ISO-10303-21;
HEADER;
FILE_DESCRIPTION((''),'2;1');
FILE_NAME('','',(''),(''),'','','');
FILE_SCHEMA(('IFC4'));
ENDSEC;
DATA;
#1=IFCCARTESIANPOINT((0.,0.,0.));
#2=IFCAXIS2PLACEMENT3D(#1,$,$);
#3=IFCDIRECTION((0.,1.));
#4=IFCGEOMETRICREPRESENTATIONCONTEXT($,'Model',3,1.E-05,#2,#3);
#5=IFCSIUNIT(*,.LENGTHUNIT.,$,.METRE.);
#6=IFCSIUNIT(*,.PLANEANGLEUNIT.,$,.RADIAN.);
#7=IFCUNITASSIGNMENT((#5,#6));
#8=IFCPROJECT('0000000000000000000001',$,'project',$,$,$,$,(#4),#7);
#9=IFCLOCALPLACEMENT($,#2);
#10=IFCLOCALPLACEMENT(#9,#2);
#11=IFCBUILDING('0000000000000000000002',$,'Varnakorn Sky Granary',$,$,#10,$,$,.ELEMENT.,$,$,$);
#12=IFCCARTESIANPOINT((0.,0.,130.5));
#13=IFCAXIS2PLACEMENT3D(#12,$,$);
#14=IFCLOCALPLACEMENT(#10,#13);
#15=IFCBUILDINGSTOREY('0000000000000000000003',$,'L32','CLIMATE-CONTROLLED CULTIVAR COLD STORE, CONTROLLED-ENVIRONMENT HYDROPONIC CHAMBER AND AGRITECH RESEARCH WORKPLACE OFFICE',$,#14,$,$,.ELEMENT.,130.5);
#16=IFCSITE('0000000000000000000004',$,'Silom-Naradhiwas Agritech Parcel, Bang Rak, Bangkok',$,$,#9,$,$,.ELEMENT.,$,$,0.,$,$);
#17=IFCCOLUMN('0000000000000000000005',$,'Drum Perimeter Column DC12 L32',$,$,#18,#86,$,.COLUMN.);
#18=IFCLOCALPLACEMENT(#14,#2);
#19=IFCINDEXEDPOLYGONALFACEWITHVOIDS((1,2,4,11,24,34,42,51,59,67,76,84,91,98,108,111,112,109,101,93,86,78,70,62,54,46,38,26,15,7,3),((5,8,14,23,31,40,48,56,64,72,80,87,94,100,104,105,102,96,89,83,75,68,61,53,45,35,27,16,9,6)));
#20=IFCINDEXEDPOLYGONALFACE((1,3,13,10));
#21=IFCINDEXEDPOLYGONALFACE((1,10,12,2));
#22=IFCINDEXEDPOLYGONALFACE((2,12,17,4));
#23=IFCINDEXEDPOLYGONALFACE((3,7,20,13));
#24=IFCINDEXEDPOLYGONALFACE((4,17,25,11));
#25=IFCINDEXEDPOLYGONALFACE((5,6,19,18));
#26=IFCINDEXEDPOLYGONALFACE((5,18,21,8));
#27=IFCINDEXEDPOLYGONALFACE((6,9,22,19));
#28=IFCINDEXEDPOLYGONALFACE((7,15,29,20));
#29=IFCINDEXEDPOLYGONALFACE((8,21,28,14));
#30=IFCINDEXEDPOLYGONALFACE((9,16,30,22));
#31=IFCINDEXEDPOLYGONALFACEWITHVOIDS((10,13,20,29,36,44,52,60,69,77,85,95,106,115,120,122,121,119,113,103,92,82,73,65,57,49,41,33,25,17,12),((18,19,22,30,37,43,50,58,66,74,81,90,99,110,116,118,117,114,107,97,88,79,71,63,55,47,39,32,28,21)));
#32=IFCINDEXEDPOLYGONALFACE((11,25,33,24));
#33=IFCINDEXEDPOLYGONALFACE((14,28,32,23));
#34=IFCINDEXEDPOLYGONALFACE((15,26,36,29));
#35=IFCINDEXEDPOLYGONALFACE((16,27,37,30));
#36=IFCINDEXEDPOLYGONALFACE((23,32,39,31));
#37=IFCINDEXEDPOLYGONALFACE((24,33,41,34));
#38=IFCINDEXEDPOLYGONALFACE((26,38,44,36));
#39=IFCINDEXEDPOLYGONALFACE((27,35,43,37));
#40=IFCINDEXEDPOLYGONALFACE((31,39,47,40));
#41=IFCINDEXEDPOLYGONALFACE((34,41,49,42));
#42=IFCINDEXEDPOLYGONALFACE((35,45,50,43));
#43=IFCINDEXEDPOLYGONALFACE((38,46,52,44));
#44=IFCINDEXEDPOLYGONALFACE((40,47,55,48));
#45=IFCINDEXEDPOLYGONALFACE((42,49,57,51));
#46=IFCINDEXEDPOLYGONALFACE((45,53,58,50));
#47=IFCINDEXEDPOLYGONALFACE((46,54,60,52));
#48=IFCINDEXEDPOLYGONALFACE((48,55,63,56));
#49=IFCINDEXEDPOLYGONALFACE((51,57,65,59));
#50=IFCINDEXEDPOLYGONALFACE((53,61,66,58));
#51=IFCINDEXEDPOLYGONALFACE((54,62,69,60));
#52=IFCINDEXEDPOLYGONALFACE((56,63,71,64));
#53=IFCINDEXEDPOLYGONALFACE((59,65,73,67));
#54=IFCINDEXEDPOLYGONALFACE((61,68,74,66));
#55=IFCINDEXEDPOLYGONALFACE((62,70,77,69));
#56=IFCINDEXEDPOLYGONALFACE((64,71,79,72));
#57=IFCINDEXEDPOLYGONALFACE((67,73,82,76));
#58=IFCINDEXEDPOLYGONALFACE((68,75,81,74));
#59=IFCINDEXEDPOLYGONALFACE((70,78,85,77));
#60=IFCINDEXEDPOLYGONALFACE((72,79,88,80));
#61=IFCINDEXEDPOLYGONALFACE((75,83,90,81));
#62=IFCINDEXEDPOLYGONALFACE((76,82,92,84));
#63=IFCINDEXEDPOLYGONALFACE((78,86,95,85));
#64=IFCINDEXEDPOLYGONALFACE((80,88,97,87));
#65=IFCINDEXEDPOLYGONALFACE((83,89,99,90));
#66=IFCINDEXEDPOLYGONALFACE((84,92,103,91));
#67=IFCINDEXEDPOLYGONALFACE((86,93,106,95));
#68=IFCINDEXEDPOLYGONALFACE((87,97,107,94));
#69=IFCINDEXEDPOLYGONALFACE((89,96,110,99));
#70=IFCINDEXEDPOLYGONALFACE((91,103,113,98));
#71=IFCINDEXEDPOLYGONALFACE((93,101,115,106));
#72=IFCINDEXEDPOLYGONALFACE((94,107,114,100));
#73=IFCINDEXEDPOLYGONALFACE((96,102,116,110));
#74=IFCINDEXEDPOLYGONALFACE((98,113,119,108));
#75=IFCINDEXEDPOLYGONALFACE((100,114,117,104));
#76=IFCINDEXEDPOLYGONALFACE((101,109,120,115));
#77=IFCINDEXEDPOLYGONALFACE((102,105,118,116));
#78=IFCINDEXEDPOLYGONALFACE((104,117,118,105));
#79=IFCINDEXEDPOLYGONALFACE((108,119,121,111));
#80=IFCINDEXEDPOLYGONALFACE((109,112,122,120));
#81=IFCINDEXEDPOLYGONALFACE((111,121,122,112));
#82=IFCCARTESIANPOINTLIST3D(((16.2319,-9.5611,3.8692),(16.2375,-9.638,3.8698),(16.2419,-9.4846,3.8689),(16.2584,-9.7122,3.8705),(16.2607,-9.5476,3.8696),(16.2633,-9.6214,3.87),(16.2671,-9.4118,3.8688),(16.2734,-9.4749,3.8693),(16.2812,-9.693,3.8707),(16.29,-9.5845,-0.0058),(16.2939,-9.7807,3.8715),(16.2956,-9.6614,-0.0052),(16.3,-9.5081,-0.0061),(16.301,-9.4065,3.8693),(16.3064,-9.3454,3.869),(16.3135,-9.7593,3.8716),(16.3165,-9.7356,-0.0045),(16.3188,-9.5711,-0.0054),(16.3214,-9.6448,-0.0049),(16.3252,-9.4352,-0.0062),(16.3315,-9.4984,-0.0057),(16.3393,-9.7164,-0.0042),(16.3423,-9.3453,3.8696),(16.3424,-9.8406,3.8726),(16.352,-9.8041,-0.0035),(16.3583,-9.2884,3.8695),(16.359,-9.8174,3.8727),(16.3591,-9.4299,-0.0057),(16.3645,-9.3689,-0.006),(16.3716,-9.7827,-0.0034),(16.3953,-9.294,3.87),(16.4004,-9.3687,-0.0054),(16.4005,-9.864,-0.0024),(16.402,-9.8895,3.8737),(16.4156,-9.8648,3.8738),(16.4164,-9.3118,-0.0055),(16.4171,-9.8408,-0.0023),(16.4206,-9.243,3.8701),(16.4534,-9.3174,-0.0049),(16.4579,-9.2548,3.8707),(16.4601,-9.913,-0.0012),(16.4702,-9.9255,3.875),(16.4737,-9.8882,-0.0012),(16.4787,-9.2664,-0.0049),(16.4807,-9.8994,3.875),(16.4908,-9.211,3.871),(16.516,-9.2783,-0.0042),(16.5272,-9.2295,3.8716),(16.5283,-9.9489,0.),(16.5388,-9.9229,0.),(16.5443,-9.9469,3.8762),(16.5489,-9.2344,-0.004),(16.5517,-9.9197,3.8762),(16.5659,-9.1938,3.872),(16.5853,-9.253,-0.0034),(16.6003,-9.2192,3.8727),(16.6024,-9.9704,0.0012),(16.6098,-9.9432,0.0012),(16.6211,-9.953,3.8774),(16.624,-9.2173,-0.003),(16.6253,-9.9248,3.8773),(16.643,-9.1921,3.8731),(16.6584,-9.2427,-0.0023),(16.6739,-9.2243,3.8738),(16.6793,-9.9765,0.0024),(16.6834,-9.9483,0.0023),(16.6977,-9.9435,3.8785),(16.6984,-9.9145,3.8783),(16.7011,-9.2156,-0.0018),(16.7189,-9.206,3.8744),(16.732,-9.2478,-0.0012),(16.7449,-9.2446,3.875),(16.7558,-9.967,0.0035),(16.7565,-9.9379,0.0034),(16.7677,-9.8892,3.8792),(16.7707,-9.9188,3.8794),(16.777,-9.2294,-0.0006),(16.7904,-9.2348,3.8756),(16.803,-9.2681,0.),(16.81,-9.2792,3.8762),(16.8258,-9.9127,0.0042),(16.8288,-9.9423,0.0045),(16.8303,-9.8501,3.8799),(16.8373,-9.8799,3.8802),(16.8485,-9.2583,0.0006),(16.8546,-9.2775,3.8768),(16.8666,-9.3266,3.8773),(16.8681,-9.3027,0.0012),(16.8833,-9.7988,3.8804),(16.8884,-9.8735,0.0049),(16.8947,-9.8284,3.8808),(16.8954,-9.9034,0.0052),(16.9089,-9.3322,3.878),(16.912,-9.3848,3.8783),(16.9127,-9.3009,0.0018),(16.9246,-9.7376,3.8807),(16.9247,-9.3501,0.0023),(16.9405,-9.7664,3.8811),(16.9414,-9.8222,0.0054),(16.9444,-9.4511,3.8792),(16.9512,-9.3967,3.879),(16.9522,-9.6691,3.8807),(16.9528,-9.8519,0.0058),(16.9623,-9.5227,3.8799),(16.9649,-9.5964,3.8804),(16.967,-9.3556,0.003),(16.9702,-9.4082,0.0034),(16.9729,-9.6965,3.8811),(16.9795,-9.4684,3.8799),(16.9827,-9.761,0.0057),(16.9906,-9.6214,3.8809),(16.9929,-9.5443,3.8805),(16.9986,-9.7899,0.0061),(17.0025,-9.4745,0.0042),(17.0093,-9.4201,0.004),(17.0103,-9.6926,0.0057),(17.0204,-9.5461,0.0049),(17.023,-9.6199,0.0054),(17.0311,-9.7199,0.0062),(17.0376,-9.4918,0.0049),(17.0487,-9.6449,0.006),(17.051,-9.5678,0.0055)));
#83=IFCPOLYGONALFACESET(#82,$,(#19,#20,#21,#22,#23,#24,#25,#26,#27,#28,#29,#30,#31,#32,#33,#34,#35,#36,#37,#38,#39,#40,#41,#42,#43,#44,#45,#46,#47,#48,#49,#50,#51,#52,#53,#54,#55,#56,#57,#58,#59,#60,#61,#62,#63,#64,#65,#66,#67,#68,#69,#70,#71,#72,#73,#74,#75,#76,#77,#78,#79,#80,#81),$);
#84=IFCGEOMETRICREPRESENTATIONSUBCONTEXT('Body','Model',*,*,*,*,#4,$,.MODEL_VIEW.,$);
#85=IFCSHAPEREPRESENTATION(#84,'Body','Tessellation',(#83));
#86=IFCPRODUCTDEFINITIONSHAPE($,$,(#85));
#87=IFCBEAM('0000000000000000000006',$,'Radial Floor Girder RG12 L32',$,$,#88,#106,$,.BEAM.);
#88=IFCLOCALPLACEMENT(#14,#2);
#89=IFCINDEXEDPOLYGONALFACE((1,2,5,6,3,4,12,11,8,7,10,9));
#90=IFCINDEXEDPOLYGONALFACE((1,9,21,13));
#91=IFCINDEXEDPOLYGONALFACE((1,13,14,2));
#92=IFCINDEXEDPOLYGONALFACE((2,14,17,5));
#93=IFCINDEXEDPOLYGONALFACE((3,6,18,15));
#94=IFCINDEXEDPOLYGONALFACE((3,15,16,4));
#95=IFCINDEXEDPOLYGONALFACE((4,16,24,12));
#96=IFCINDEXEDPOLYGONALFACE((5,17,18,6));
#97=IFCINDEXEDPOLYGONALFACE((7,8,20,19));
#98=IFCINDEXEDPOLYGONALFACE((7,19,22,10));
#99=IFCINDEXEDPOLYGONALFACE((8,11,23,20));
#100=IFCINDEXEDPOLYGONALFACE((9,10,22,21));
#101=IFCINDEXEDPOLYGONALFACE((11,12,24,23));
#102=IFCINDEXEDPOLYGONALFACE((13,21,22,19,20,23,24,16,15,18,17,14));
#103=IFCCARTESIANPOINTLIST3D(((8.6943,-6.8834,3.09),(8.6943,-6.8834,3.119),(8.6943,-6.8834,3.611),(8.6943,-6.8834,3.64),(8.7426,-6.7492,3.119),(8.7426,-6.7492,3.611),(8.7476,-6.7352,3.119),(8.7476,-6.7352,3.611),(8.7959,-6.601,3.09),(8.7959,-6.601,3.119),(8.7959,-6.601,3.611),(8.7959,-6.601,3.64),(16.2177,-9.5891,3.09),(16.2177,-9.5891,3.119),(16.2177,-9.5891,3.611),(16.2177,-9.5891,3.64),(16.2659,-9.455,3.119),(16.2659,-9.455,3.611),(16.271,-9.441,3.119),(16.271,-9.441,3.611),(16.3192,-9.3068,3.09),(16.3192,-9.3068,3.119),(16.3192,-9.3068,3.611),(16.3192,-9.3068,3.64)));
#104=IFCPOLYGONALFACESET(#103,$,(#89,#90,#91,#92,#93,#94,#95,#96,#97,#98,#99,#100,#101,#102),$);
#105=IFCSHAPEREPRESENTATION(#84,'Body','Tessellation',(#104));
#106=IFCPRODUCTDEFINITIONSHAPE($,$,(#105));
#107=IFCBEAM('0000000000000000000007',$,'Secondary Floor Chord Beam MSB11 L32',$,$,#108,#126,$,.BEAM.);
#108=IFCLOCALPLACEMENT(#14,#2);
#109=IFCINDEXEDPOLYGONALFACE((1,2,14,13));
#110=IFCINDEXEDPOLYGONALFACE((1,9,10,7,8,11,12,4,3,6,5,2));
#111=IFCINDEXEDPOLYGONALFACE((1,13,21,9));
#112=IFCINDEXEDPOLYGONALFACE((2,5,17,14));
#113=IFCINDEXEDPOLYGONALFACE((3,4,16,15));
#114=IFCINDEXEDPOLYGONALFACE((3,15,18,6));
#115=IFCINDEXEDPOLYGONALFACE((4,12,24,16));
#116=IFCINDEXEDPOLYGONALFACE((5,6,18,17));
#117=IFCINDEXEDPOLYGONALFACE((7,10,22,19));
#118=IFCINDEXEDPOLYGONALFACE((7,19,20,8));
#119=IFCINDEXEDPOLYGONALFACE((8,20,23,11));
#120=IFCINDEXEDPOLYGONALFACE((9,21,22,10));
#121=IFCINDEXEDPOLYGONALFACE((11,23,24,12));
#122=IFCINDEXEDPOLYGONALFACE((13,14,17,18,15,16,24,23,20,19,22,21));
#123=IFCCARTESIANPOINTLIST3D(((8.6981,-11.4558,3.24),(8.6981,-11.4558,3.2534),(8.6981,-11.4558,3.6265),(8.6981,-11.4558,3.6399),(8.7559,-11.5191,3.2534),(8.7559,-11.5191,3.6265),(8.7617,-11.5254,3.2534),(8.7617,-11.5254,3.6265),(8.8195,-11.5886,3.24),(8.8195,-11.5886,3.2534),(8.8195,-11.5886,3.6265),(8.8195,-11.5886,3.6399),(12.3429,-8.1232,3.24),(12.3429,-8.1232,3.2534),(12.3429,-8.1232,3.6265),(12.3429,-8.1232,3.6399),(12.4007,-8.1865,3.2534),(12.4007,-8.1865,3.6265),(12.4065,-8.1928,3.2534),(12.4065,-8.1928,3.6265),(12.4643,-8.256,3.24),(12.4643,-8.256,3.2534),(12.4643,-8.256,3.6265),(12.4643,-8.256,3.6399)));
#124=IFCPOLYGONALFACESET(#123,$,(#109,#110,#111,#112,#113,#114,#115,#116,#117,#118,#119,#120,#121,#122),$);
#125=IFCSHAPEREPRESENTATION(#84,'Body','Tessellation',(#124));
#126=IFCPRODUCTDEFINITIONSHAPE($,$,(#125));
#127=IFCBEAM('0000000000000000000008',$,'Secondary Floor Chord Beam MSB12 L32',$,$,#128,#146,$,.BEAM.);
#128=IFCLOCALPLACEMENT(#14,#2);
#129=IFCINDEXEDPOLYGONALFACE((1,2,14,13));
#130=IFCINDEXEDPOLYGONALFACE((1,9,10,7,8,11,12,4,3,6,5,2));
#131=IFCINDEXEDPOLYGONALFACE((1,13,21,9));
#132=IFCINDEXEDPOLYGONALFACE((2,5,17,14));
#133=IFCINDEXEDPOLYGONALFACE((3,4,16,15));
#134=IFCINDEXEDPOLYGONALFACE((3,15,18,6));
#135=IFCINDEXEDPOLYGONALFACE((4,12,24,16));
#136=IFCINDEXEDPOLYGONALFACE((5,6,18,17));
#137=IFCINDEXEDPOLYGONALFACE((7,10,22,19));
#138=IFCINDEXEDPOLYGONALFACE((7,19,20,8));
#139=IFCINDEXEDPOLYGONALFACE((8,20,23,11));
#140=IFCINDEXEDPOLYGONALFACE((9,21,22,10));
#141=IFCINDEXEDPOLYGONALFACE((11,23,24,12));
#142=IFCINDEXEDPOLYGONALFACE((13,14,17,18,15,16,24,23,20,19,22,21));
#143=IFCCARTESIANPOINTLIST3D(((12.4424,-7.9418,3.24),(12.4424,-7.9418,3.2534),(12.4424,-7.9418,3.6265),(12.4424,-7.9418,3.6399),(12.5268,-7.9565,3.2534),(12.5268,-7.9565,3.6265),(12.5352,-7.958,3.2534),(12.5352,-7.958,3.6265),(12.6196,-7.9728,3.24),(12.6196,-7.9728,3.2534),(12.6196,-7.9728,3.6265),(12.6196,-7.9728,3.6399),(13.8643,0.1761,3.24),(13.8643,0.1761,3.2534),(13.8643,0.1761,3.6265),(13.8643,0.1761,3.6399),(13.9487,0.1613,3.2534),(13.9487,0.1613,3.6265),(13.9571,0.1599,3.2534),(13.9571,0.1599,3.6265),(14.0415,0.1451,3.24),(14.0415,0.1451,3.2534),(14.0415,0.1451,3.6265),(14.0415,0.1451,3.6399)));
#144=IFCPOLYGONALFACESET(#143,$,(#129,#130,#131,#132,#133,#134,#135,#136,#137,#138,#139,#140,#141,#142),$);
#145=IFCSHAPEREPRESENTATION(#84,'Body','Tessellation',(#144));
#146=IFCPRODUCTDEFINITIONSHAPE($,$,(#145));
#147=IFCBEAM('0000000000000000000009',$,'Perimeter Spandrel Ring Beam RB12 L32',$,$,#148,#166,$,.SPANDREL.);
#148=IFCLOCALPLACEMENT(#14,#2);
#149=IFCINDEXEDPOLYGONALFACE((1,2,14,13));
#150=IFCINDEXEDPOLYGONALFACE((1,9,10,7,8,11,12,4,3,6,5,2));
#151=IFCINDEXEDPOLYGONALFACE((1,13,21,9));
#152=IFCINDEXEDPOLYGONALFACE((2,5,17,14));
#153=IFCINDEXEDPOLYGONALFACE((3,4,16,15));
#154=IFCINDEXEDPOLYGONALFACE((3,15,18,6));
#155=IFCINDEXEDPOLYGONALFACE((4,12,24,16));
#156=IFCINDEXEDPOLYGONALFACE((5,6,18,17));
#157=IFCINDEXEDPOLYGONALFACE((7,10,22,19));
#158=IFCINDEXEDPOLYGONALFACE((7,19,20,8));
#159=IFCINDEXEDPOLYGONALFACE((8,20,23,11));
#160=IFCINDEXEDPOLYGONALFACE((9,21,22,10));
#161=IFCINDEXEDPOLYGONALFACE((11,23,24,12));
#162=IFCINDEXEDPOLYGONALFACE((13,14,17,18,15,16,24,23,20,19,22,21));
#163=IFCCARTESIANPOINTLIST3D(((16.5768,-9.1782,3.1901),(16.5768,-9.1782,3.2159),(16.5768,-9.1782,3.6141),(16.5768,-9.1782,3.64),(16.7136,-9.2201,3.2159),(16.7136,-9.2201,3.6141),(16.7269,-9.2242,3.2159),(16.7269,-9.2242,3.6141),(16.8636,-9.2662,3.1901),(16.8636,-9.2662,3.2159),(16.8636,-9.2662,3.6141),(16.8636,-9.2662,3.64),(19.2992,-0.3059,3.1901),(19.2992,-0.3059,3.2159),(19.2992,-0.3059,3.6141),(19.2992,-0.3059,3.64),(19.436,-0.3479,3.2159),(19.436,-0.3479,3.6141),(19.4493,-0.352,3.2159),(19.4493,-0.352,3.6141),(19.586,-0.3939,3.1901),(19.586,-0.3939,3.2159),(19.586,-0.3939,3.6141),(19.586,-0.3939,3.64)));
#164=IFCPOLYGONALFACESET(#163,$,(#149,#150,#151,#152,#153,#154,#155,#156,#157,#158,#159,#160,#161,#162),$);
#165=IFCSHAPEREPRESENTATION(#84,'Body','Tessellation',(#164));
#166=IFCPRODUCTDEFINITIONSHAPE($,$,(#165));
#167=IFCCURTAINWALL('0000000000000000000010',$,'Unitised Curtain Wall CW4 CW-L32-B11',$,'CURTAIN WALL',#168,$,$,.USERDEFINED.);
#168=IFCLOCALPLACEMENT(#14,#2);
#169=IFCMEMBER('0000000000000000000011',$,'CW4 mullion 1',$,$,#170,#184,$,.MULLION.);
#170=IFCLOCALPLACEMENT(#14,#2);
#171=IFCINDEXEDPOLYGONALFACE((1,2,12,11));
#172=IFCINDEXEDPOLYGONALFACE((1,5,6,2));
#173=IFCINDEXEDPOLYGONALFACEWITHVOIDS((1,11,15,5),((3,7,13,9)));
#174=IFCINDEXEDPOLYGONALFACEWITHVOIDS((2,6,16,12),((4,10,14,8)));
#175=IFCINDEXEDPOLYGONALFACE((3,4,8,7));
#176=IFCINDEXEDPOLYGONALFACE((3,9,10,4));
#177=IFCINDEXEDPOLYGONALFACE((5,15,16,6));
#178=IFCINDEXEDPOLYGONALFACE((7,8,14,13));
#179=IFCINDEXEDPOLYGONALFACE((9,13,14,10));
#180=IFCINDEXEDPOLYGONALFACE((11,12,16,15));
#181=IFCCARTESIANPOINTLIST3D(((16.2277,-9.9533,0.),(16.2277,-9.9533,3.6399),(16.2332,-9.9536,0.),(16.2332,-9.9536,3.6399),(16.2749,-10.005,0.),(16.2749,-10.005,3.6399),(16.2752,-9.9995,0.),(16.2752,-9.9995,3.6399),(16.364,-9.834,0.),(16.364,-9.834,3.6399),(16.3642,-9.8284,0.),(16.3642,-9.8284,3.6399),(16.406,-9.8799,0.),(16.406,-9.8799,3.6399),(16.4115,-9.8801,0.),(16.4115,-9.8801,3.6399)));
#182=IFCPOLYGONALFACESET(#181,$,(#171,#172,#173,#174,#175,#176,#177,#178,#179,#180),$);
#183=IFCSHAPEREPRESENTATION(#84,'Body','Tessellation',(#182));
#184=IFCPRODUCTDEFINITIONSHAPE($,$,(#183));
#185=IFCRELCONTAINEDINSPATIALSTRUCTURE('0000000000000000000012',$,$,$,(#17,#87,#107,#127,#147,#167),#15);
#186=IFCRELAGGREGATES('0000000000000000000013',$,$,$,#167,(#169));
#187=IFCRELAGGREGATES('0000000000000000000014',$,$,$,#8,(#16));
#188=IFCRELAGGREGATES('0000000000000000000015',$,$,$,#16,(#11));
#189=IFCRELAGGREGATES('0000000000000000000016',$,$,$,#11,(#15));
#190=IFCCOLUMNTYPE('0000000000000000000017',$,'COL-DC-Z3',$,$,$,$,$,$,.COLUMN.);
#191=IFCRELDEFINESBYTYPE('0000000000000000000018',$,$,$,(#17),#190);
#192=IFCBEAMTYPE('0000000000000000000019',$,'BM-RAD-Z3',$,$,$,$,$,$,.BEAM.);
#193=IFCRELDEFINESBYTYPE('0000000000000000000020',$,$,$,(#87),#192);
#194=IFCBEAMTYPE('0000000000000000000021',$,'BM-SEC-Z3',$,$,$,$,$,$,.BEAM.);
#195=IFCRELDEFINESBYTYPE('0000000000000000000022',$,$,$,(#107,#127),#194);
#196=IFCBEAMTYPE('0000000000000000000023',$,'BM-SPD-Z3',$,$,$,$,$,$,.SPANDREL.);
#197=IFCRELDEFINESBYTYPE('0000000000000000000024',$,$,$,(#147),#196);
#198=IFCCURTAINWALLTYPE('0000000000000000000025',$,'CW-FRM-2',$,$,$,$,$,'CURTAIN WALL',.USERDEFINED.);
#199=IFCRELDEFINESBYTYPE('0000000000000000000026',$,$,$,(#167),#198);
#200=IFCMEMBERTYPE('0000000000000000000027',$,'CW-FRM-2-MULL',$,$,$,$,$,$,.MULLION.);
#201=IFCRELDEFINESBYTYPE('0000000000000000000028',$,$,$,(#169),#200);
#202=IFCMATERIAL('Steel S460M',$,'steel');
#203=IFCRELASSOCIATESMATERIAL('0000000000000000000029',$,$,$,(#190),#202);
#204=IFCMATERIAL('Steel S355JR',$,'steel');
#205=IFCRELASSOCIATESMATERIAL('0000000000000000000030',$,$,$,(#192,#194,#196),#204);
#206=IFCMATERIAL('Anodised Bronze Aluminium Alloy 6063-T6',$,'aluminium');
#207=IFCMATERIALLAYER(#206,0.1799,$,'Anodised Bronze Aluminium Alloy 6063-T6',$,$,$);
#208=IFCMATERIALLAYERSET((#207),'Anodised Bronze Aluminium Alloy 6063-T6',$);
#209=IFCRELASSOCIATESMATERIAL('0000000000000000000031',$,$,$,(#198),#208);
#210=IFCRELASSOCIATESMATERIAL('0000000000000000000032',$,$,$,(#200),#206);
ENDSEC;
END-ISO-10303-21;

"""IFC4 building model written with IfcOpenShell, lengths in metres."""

from ifc_helpers import new_model, si_unit, direction, frame, origin, origin_2d, place, context, subcontext, project, spatial, hollow_rectangle, hollow_circle, i_section, extrude, material, layer, layer_set, material_profile, profile_set, type_object, element, aggregate, save


model = new_model("IFC4")

# Units and contexts
model_context = context("Model", 3, precision=1e-05, world=origin(), true_north=direction((0.0, 1.0)))
body_context = subcontext(model_context, "Body", "Model", "MODEL_VIEW")
ifc_project = project(units=[si_unit("LENGTHUNIT", "METRE"), si_unit("PLANEANGLEUNIT", "RADIAN")], contexts=[model_context])

# Site, building, storey
site_placement = place(None, origin())
site = spatial("IfcSite", under=ifc_project, at=site_placement, Name="Silom-Naradhiwas Agritech Parcel, Bang Rak, Bangkok", CompositionType="ELEMENT", RefElevation=0.0)
building_placement = place(site_placement, origin())
building = spatial("IfcBuilding", under=site, at=building_placement, Name="Varnakorn Sky Granary", CompositionType="ELEMENT")
storey_placement = place(building_placement, frame((0.0, 0.0, 130.5)))
storey = spatial("IfcBuildingStorey", under=building, at=storey_placement, Name="L32", Description="CLIMATE-CONTROLLED CULTIVAR COLD STORE, CONTROLLED-ENVIRONMENT HYDROPONIC CHAMBER AND AGRITECH RESEARCH WORKPLACE OFFICE", CompositionType="ELEMENT", Elevation=130.5)

# Column
ifc_material_1 = material(Name="Steel S460M", Category="steel")
ifc_material_profile_1 = material_profile(ifc_material_1, hollow_circle(Radius=0.3811, WallThickness=0.0281, at=origin_2d()), Name="CHS 762x28")
ifc_profile_set_1 = profile_set([ifc_material_profile_1], Name="Steel S460M")
column_type = type_object("IfcColumnType", Name="COL-DC-Z3", PredefinedType="COLUMN", material=ifc_profile_set_1)
column_placement = place(storey_placement, frame((16.6709, -9.5955, 0.0), z_axis=(-0.014993, 0.006048, 0.999869), x_axis=(-0.374076, -0.927398, 0.0)))
element("IfcColumn", 1, at=column_placement, inside=storey, type_object=column_type, Name="Drum Perimeter Column DC12 L32", PredefinedType="COLUMN", context=body_context, shape_type="SweptSolid", body=[
    extrude(hollow_circle(Radius=0.3811, WallThickness=0.0281, at=origin_2d()), origin(), (0.0, 0.0, 1.0), 3.8755),
])

# Beams
ifc_material_2 = material(Name="Steel S355JR", Category="steel")
ifc_material_profile_2 = material_profile(ifc_material_2, i_section(OverallWidth=0.3, OverallDepth=0.55, WebThickness=0.0149, FlangeThickness=0.0291, at=origin_2d()), Name="HE 550 B")
ifc_profile_set_2 = profile_set([ifc_material_profile_2], Name="Steel S355JR")
beam_type_1 = type_object("IfcBeamType", Name="BM-RAD-Z3", PredefinedType="BEAM", material=ifc_profile_set_2)
beam_1_placement = place(storey_placement, frame((8.7451, -6.7422, 3.365), z_axis=(0.940992, -0.338429, 0.0), x_axis=(0.338429, 0.940992, 0.0)))
element("IfcBeam", 2, at=beam_1_placement, inside=storey, type_object=beam_type_1, Name="Radial Floor Girder RG12 L32", PredefinedType="BEAM", context=body_context, shape_type="SweptSolid", body=[
    extrude(i_section(OverallWidth=0.3, OverallDepth=0.55, WebThickness=0.0149, FlangeThickness=0.0291, at=origin_2d()), origin(), (0.0, 0.0, 1.0), 7.9951),
])
ifc_material_profile_3 = material_profile(ifc_material_2, i_section(OverallWidth=0.1799, OverallDepth=0.3999, WebThickness=0.0085, FlangeThickness=0.0134, at=origin_2d()), Name="IPE 400")
ifc_profile_set_3 = profile_set([ifc_material_profile_3], Name="Steel S355JR")
beam_type_2 = type_object("IfcBeamType", Name="BM-SEC-Z3", PredefinedType="BEAM", material=ifc_profile_set_3)
beam_2_placement = place(storey_placement, frame((8.7588, -11.5222, 3.4399), z_axis=(0.738013, 0.674786, 0.0), x_axis=(-0.674786, 0.738013, 0.0)))
element("IfcBeam", 3, at=beam_2_placement, inside=storey, type_object=beam_type_2, Name="Secondary Floor Chord Beam MSB11 L32", PredefinedType="BEAM", context=body_context, shape_type="SweptSolid", body=[
    extrude(i_section(OverallWidth=0.1799, OverallDepth=0.3999, WebThickness=0.0085, FlangeThickness=0.0134, at=origin_2d()), origin(), (0.0, 0.0, 1.0), 4.9387),
])
beam_3_placement = place(storey_placement, frame((12.531, -7.9573, 3.4399), z_axis=(0.172526, 0.985005, 0.0), x_axis=(-0.985005, 0.172526, 0.0)))
element("IfcBeam", 4, at=beam_3_placement, inside=storey, type_object=beam_type_2, Name="Secondary Floor Chord Beam MSB12 L32", PredefinedType="BEAM", context=body_context, shape_type="SweptSolid", body=[
    extrude(i_section(OverallWidth=0.1799, OverallDepth=0.3999, WebThickness=0.0085, FlangeThickness=0.0134, at=origin_2d()), origin(), (0.0, 0.0, 1.0), 8.2415),
])
ifc_material_profile_4 = material_profile(ifc_material_2, i_section(OverallWidth=0.3, OverallDepth=0.45, WebThickness=0.0139, FlangeThickness=0.0259, at=origin_2d()), Name="HE 450 B")
ifc_profile_set_4 = profile_set([ifc_material_profile_4], Name="Steel S355JR")
beam_type_3 = type_object("IfcBeamType", Name="BM-SPD-Z3", PredefinedType="SPANDREL", material=ifc_profile_set_4)
beam_4_placement = place(storey_placement, frame((16.7202, -9.2222, 3.415), z_axis=(0.293344, 0.956007, 0.0), x_axis=(-0.956007, 0.293344, 0.0)))
element("IfcBeam", 5, at=beam_4_placement, inside=storey, type_object=beam_type_3, Name="Perimeter Spandrel Ring Beam RB12 L32", PredefinedType="SPANDREL", context=body_context, shape_type="SweptSolid", body=[
    extrude(i_section(OverallWidth=0.3, OverallDepth=0.45, WebThickness=0.0139, FlangeThickness=0.0259, at=origin_2d()), origin(), (0.0, 0.0, 1.0), 9.2805),
])

# Curtain wall, member
ifc_material_3 = material(Name="Anodised Bronze Aluminium Alloy 6063-T6", Category="aluminium")
ifc_layer_1 = layer(ifc_material_3, 0.1799, Name="Anodised Bronze Aluminium Alloy 6063-T6")
ifc_layer_set_1 = layer_set([ifc_layer_1], Name="Anodised Bronze Aluminium Alloy 6063-T6")
curtain_wall_type = type_object("IfcCurtainWallType", Name="CW-FRM-2", ElementType="CURTAIN WALL", PredefinedType="USERDEFINED", material=ifc_layer_set_1)
curtain_wall_placement = place(storey_placement, origin())
curtain_wall = element("IfcCurtainWall", 6, at=curtain_wall_placement, inside=storey, type_object=curtain_wall_type, Name="Unitised Curtain Wall CW4 CW-L32-B11", ObjectType="CURTAIN WALL", PredefinedType="USERDEFINED")
ifc_material_profile_5 = material_profile(ifc_material_3, hollow_rectangle(XDim=0.0701, YDim=0.1851, WallThickness=0.0039, at=origin_2d()), Name="ALU MULL 70x185")
ifc_profile_set_5 = profile_set([ifc_material_profile_5], Name="Anodised Bronze Aluminium Alloy 6063-T6")
member_type_1 = type_object("IfcMemberType", Name="CW-FRM-2-MULL", PredefinedType="MULLION", material=ifc_profile_set_5)
member_1_placement = place(storey_placement, frame((16.3196, -9.9167, 0.0), z_axis=(0.0, 0.0, 1.0), x_axis=(0.674918, -0.737893, 0.0)))
member_1 = element("IfcMember", 7, at=member_1_placement, type_object=member_type_1, Name="CW4 mullion 1", PredefinedType="MULLION", context=body_context, shape_type="SweptSolid", body=[
    extrude(hollow_rectangle(XDim=0.0701, YDim=0.1851, WallThickness=0.0039, at=origin_2d()), origin(), (0.0, 0.0, 1.0), 3.6399),
])

aggregate(curtain_wall, [member_1])

save(model, "model.ifc")
